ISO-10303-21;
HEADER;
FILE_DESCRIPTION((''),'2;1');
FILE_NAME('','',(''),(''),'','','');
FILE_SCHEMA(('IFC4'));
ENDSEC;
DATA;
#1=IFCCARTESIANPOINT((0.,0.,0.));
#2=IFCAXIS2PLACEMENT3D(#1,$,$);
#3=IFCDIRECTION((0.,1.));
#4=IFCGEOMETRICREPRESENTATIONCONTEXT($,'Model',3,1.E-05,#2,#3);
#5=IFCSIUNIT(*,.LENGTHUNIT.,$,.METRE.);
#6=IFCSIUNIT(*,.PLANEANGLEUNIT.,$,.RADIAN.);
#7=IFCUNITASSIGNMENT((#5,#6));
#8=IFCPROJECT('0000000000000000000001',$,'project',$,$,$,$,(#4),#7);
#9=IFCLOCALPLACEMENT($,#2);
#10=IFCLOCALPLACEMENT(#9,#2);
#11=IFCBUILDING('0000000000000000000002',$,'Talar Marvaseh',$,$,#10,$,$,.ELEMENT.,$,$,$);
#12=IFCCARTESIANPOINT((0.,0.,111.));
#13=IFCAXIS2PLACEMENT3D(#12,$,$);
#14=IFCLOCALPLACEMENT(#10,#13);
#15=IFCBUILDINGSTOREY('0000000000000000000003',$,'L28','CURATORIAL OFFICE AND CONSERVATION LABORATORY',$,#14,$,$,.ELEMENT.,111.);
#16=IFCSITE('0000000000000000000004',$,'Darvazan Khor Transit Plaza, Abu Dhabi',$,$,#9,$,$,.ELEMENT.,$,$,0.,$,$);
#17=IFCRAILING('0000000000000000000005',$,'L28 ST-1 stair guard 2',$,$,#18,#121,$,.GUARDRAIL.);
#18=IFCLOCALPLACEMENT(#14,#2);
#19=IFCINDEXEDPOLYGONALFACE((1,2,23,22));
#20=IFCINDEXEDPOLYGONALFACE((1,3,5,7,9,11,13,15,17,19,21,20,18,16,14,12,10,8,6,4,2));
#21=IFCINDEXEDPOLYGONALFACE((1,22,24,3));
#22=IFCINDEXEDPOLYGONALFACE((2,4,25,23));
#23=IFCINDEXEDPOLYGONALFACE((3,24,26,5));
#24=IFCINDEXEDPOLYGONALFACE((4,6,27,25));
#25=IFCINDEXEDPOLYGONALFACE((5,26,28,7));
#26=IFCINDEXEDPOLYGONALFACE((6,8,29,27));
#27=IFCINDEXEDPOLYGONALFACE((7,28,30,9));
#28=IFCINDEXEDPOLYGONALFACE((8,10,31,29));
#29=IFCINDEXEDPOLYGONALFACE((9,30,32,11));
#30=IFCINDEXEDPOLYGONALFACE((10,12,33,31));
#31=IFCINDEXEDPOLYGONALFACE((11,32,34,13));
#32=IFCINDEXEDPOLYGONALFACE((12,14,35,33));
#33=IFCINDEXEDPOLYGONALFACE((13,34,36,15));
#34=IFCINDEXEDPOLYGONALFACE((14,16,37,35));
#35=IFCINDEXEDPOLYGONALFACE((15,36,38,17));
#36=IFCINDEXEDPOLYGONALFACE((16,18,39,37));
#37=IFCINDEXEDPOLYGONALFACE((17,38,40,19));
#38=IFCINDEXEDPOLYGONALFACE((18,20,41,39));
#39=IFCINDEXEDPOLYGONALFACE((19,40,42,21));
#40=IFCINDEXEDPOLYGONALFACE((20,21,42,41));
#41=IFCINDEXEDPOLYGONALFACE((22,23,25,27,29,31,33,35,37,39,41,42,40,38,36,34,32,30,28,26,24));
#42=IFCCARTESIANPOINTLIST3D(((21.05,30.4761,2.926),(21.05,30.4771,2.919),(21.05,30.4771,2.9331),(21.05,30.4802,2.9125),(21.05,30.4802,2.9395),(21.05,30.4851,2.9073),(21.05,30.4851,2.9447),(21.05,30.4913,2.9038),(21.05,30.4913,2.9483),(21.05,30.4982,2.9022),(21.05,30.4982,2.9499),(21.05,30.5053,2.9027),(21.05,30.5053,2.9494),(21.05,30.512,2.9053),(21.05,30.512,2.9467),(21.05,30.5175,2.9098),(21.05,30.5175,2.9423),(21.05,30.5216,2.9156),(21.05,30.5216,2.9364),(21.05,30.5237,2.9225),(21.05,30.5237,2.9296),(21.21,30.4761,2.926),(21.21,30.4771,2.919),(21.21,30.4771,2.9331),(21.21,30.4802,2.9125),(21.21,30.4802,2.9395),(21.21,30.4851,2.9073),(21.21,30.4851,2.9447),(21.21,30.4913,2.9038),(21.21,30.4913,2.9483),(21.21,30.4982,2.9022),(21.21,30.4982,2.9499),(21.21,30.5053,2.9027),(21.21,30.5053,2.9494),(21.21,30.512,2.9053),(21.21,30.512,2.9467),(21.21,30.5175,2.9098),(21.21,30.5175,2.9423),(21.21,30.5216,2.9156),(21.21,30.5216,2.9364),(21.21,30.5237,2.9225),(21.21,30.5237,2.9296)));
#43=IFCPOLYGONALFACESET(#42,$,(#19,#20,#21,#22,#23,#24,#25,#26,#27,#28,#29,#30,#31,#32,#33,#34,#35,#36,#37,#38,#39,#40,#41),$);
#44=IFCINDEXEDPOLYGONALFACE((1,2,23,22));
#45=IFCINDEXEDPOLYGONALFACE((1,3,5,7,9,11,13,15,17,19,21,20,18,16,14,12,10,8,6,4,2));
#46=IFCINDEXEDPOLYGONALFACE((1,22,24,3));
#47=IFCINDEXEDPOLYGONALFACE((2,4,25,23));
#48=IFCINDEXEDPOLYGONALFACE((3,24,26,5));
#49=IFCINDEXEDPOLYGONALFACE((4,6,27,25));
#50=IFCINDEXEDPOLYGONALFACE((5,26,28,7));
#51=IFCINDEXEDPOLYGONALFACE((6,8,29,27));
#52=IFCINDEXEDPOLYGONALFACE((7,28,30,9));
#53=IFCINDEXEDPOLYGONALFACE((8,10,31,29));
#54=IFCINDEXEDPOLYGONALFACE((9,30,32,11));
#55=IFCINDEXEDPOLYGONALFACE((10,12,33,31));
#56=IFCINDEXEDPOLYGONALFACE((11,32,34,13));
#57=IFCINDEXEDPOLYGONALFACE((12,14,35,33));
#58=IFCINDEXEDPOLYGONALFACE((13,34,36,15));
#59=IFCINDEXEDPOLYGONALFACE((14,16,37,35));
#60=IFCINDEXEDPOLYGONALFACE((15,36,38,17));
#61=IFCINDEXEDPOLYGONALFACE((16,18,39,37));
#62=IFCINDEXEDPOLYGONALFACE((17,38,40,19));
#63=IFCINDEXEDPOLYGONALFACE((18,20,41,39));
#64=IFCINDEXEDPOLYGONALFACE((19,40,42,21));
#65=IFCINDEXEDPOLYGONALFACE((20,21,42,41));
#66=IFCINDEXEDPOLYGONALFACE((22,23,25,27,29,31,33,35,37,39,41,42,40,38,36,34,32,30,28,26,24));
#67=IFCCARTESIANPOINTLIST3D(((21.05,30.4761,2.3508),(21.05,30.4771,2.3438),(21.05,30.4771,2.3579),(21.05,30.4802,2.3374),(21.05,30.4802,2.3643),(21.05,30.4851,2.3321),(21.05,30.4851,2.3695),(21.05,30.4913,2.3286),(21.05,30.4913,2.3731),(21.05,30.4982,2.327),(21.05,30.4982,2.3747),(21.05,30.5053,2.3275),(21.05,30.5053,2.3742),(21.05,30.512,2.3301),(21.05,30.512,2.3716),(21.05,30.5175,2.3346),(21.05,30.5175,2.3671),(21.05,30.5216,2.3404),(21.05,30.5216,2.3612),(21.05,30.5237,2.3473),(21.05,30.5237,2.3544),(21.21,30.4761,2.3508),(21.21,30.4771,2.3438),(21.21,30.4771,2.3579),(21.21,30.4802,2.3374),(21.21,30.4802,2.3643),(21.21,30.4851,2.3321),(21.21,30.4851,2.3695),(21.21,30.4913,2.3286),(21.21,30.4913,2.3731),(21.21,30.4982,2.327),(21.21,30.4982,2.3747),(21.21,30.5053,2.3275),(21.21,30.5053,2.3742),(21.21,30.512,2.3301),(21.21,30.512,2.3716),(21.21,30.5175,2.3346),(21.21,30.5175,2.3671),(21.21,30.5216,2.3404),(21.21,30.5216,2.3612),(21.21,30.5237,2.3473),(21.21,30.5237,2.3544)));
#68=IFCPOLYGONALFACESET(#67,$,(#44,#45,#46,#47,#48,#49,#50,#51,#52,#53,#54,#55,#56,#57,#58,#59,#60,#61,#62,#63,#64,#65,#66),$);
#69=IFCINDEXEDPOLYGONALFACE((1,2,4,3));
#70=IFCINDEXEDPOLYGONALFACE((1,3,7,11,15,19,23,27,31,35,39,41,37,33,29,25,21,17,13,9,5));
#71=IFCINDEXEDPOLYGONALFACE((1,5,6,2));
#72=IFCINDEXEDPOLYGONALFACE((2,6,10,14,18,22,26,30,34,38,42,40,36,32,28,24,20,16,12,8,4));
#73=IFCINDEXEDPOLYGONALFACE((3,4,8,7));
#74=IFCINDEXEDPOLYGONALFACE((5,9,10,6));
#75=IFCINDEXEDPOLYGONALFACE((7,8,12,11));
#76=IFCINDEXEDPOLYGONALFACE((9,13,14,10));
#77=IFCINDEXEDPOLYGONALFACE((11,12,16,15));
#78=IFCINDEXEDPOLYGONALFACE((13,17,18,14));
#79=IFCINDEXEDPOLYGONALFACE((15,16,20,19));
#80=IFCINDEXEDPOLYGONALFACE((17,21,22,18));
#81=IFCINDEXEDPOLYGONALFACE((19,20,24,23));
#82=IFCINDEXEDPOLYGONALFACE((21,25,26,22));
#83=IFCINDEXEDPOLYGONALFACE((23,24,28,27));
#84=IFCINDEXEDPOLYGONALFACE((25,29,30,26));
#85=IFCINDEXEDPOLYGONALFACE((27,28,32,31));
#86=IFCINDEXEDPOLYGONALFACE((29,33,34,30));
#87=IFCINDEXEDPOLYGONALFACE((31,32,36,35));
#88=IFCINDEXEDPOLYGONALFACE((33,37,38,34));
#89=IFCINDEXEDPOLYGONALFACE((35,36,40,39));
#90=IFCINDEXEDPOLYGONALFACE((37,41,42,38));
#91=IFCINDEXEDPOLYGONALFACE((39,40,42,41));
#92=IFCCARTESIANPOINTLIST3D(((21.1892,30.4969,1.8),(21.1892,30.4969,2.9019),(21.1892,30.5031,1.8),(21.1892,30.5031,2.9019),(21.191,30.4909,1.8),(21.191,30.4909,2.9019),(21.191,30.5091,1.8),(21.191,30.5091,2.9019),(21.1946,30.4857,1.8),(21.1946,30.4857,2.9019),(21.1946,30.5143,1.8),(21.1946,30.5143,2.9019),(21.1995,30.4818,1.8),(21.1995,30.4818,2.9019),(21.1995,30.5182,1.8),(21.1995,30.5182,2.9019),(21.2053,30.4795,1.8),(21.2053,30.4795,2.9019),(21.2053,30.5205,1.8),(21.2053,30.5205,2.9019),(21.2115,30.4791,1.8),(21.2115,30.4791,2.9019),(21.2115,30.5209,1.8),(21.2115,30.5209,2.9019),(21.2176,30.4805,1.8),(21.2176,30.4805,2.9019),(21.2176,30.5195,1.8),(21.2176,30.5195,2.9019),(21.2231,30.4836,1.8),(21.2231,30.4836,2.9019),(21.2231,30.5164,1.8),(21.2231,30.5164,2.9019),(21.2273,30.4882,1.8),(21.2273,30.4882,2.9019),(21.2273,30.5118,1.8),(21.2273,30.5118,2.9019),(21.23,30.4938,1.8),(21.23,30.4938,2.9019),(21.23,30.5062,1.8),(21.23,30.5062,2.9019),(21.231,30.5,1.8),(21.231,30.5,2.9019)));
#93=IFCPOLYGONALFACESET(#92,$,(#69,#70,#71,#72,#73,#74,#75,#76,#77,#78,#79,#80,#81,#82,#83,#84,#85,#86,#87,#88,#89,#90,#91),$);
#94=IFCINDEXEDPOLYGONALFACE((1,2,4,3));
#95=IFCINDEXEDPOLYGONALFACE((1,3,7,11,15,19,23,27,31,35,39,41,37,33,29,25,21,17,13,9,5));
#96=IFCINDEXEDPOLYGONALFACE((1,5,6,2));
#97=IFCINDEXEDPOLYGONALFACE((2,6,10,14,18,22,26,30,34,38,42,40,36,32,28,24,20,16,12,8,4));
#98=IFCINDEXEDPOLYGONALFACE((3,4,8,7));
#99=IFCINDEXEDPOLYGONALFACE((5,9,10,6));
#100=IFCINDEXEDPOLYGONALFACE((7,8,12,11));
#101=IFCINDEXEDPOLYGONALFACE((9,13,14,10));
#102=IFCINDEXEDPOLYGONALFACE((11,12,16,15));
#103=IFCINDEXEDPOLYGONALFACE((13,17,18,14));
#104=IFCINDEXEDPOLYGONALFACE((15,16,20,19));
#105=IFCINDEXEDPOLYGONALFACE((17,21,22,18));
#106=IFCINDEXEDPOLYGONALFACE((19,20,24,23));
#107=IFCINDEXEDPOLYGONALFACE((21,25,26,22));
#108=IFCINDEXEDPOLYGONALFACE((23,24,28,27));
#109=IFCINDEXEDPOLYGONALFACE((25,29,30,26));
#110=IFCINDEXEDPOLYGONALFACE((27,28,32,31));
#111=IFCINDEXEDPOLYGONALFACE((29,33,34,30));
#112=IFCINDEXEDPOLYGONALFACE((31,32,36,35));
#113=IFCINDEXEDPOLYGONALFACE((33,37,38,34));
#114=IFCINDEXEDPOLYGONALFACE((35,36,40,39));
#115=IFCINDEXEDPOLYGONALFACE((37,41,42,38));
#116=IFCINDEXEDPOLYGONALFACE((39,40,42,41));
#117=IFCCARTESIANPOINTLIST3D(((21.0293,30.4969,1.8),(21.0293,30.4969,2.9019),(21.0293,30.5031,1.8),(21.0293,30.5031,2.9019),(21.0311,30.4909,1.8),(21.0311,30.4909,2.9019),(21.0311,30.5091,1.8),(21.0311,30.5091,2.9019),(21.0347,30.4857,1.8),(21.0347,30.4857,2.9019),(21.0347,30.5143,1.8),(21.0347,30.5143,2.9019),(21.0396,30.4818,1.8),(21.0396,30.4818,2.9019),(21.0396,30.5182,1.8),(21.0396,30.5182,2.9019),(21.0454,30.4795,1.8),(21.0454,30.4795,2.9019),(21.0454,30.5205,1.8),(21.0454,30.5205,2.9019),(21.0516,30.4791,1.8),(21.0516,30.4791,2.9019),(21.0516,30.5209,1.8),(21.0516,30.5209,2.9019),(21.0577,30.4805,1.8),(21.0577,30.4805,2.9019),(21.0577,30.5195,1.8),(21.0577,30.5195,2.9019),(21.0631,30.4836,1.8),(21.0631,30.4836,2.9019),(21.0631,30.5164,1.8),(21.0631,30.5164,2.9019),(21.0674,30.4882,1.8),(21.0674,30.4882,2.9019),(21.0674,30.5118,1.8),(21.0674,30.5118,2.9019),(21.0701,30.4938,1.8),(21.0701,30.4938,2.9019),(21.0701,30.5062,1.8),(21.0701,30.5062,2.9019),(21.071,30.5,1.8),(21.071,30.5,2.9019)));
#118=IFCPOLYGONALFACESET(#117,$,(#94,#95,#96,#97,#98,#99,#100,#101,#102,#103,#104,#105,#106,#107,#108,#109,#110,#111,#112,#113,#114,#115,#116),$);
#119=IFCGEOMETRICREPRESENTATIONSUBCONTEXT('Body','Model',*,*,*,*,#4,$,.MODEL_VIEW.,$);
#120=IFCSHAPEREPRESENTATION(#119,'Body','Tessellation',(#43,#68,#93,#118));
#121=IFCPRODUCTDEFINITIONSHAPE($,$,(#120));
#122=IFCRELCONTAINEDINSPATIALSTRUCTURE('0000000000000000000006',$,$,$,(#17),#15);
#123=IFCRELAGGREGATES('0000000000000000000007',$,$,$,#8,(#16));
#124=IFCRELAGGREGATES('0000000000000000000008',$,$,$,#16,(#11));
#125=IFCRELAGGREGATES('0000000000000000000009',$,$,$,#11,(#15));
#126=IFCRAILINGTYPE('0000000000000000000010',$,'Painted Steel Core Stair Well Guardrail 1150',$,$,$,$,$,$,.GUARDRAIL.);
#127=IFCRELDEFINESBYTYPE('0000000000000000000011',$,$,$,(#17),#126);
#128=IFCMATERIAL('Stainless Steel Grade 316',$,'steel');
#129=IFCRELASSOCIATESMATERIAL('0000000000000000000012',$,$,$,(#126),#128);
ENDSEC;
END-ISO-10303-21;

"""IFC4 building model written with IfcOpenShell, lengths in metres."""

from ifc_helpers import new_model, si_unit, direction, frame, origin, origin_2d, place, context, subcontext, project, spatial, circle, extrude, material, type_object, element, save


model = new_model("IFC4")

# Units and contexts
model_context = context("Model", 3, precision=1e-05, world=origin(), true_north=direction((0.0, 1.0)))
body_context = subcontext(model_context, "Body", "Model", "MODEL_VIEW")
ifc_project = project(units=[si_unit("LENGTHUNIT", "METRE"), si_unit("PLANEANGLEUNIT", "RADIAN")], contexts=[model_context])

# Site, building, storey
site_placement = place(None, origin())
site = spatial("IfcSite", under=ifc_project, at=site_placement, Name="Darvazan Khor Transit Plaza, Abu Dhabi", CompositionType="ELEMENT", RefElevation=0.0)
building_placement = place(site_placement, origin())
building = spatial("IfcBuilding", under=site, at=building_placement, Name="Talar Marvaseh", CompositionType="ELEMENT")
storey_placement = place(building_placement, frame((0.0, 0.0, 111.0)))
storey = spatial("IfcBuildingStorey", under=building, at=storey_placement, Name="L28", Description="CURATORIAL OFFICE AND CONSERVATION LABORATORY", CompositionType="ELEMENT", Elevation=111.0)

# Railing
ifc_material_1 = material(Name="Stainless Steel Grade 316", Category="steel")
railing_type_1 = type_object("IfcRailingType", Name="Painted Steel Core Stair Well Guardrail 1150", PredefinedType="GUARDRAIL", material=ifc_material_1)
railing_1_placement = place(storey_placement, frame((21.21, 30.5, 1.8)))
element("IfcRailing", 1, at=railing_1_placement, inside=storey, type_object=railing_type_1, Name="L28 ST-1 stair guard 2", PredefinedType="GUARDRAIL", context=body_context, shape_type="SweptSolid", body=[
    extrude(circle(Radius=0.0239, at=origin_2d()), frame((0.0, 0.0, 1.126), z_axis=(-1.0, 0.0, 0.0), x_axis=(0.0, -1.0, 0.0)), (0.0, 0.0, 1.0), 0.1599),
    extrude(circle(Radius=0.0239, at=origin_2d()), frame((0.0, 0.0, 0.5508), z_axis=(-1.0, 0.0, 0.0), x_axis=(0.0, -1.0, 0.0)), (0.0, 0.0, 1.0), 0.1599),
    extrude(circle(Radius=0.021, at=origin_2d()), origin(), (0.0, 0.0, 1.0), 1.1018),
    extrude(circle(Radius=0.021, at=origin_2d()), frame((-0.1599, 0.0, 0.0)), (0.0, 0.0, 1.0), 1.1018),
])

save(model, "model.ifc")
